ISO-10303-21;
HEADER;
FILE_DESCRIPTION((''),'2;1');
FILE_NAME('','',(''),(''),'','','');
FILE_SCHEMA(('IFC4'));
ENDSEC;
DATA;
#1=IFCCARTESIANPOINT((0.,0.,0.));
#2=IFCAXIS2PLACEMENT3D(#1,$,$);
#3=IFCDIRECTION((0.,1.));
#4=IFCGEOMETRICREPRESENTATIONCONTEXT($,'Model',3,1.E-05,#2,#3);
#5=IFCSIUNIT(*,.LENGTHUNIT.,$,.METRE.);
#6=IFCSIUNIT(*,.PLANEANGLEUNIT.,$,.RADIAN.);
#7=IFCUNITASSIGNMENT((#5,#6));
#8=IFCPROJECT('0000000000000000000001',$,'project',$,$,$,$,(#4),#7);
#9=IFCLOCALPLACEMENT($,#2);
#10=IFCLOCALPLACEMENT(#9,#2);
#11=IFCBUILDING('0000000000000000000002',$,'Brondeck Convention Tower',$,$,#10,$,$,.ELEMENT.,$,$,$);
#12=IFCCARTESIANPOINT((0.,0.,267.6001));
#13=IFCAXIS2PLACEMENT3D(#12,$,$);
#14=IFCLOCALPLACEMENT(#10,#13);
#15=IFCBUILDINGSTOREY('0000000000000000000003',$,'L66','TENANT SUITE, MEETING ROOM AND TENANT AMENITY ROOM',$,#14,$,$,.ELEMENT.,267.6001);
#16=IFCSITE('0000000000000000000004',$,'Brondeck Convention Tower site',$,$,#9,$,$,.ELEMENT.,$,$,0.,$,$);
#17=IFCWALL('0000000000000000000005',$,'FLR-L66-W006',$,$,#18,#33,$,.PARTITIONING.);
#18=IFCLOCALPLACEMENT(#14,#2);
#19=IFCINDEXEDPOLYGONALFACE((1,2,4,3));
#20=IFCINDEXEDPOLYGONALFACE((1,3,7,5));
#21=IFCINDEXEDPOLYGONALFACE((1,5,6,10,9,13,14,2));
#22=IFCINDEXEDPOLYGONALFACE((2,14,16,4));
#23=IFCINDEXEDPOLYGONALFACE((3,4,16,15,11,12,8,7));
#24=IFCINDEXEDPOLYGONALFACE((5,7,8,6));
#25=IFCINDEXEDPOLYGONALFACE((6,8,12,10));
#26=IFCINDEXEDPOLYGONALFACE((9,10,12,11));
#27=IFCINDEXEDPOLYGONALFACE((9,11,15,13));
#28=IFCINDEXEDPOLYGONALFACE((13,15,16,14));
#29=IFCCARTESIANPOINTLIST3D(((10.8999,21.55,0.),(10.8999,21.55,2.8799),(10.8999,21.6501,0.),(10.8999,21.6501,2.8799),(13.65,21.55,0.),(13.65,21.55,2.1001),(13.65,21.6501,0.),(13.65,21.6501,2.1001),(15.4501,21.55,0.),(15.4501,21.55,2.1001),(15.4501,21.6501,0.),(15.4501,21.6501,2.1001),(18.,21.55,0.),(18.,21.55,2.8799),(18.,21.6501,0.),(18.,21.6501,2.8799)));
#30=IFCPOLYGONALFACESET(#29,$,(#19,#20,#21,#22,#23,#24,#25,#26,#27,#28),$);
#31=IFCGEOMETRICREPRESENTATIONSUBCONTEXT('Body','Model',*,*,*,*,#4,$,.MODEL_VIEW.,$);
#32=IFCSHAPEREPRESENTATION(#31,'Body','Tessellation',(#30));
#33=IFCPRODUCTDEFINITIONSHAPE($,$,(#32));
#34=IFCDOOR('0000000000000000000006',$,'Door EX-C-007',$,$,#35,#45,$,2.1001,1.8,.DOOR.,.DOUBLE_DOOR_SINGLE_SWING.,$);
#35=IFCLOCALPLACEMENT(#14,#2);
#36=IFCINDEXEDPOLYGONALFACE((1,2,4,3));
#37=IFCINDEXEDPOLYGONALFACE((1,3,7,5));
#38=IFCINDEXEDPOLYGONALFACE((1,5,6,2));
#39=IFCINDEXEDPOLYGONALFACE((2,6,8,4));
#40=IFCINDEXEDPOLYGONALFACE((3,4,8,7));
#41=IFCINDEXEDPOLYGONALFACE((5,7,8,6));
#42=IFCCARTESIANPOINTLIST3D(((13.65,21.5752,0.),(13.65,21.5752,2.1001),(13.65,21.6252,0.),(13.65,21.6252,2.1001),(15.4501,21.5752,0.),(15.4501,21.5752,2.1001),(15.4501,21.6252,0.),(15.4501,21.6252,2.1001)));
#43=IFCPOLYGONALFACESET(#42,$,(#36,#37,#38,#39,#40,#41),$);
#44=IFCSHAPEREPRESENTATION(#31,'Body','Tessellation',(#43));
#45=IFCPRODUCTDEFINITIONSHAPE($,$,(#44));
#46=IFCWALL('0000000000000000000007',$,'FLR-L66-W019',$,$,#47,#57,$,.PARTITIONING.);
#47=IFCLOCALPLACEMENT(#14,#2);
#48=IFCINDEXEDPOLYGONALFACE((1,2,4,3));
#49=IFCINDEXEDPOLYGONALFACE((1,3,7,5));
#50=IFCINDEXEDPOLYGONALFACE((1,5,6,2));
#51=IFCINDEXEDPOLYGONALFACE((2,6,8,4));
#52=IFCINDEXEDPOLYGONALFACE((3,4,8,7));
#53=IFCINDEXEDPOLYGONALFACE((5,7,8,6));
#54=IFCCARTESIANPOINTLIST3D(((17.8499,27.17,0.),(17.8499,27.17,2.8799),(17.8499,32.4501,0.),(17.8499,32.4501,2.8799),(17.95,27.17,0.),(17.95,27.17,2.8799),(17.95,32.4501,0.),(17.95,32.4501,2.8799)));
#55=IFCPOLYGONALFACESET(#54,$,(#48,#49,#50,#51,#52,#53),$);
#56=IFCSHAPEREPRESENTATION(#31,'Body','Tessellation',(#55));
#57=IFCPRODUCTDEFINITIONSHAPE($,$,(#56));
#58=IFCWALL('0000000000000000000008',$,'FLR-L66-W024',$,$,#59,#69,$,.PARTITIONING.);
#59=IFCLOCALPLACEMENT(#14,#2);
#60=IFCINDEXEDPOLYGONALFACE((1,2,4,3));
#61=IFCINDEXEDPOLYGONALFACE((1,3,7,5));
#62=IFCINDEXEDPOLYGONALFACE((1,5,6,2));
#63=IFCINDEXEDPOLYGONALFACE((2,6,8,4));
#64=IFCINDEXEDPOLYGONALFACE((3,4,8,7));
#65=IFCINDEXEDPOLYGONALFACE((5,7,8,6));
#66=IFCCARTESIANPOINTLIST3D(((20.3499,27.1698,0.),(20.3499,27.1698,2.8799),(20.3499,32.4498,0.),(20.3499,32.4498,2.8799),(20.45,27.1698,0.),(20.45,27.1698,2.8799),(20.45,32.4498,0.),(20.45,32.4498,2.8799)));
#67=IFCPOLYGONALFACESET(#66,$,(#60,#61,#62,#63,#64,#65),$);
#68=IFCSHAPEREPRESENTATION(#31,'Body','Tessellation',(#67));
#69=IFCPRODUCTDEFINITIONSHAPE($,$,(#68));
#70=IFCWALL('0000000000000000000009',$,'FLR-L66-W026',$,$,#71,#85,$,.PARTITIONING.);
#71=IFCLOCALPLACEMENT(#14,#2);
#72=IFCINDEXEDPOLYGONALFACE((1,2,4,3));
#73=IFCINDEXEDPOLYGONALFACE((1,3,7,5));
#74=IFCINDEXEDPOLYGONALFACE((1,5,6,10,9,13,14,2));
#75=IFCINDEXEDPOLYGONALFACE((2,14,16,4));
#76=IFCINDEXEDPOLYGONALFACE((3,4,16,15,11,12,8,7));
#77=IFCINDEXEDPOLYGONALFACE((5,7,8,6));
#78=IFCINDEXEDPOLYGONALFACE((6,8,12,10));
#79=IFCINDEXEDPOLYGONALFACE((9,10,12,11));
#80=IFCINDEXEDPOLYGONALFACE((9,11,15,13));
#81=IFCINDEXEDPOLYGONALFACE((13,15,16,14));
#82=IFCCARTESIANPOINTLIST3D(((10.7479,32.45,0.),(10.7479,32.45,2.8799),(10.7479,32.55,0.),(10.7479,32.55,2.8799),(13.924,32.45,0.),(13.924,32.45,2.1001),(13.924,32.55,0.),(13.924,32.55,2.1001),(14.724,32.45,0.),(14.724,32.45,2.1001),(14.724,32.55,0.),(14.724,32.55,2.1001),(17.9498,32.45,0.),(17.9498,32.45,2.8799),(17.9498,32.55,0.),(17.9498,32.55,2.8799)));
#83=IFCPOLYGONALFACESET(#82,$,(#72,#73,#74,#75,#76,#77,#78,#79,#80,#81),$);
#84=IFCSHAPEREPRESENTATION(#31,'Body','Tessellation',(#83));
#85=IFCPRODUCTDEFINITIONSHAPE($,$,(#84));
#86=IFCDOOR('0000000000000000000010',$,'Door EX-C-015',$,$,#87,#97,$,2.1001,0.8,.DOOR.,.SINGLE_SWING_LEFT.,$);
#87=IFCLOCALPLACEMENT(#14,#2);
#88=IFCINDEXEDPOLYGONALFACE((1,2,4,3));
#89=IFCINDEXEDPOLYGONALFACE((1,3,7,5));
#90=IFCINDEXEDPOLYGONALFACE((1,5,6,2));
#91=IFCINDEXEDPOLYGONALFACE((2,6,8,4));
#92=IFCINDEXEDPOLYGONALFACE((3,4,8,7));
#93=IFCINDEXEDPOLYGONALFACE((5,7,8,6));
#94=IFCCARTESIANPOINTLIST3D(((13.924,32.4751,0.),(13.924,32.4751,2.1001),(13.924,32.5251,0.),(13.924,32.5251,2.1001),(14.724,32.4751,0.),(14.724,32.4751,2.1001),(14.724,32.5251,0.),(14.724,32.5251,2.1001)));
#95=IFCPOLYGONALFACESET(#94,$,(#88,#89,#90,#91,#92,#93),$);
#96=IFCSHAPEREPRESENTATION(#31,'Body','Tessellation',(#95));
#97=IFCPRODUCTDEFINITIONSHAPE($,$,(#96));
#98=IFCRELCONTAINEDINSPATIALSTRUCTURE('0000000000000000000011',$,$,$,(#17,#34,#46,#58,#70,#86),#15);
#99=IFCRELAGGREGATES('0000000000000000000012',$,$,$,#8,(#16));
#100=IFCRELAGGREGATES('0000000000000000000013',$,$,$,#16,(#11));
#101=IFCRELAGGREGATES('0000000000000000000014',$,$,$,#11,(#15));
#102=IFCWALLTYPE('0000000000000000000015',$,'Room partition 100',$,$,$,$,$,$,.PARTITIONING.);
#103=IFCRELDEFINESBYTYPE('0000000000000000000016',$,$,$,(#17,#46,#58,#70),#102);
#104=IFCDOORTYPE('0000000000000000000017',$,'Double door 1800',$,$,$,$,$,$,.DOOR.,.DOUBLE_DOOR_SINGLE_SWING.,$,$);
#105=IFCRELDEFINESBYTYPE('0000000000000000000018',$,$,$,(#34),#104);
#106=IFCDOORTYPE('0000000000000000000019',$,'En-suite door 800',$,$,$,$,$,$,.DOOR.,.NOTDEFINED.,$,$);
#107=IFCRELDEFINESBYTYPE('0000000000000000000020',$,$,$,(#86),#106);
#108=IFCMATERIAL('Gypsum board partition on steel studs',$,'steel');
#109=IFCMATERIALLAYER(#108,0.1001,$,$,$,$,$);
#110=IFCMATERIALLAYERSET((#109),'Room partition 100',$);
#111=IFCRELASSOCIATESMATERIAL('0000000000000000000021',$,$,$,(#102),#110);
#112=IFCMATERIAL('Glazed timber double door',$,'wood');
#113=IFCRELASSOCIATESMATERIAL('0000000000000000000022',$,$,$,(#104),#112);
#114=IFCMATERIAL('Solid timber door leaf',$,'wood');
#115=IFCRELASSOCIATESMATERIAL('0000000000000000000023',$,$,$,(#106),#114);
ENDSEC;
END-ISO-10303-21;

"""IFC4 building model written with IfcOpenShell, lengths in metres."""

from ifc_helpers import new_model, si_unit, direction, frame, frame_2d, origin, place, context, subcontext, project, spatial, rectangle, extrude, material, layer, layer_set, type_object, element, fill, save


model = new_model("IFC4")

# Units and contexts
model_context = context("Model", 3, precision=1e-05, world=origin(), true_north=direction((0.0, 1.0)))
body_context = subcontext(model_context, "Body", "Model", "MODEL_VIEW")
ifc_project = project(units=[si_unit("LENGTHUNIT", "METRE"), si_unit("PLANEANGLEUNIT", "RADIAN")], contexts=[model_context])

# Site, building, storey
site_placement = place(None, origin())
site = spatial("IfcSite", under=ifc_project, at=site_placement, Name="Brondeck Convention Tower site", CompositionType="ELEMENT", RefElevation=0.0)
building_placement = place(site_placement, origin())
building = spatial("IfcBuilding", under=site, at=building_placement, Name="Brondeck Convention Tower", CompositionType="ELEMENT")
storey_placement = place(building_placement, frame((0.0, 0.0, 267.6001)))
storey = spatial("IfcBuildingStorey", under=building, at=storey_placement, Name="L66", Description="TENANT SUITE, MEETING ROOM AND TENANT AMENITY ROOM", CompositionType="ELEMENT", Elevation=267.6001)

# Shared definitions
ifc_material_1 = material(Name="Gypsum board partition on steel studs", Category="steel")
ifc_layer_1 = layer(ifc_material_1, 0.1001)
ifc_layer_set_1 = layer_set([ifc_layer_1], Name="Room partition 100")
wall_type_1 = type_object("IfcWallType", Name="Room partition 100", PredefinedType="PARTITIONING", material=ifc_layer_set_1)

# Wall, opening, door
wall_1_placement = place(storey_placement, frame((18.0, 21.6001, 0.0), z_axis=(0.0, 0.0, 1.0), x_axis=(-1.0, 0.0, 0.0)))
wall_1 = element("IfcWall", 1, at=wall_1_placement, inside=storey, type_object=wall_type_1, Name="FLR-L66-W006", PredefinedType="PARTITIONING", context=body_context, shape_type="SweptSolid", body=[
    extrude(rectangle(XDim=7.1001, YDim=0.1001, at=frame_2d((3.55, 0.0))), origin(), (0.0, 0.0, 1.0), 2.8799),
])
opening_1_placement = place(wall_1_placement, frame((2.55, 0.0, 0.0)))
opening_1 = element("IfcOpeningElement", 2, at=opening_1_placement, cuts=wall_1, PredefinedType="OPENING", context=body_context, shape_type="SweptSolid", body=[
    extrude(rectangle(XDim=1.8, YDim=2.1001, at=frame_2d((0.8999, 1.05))), frame((0.0, 0.0601, 0.0), z_axis=(0.0, -1.0, 0.0), x_axis=(1.0, 0.0, 0.0)), (0.0, 0.0, 1.0), 0.1201),
])
ifc_material_2 = material(Name="Glazed timber double door", Category="wood")
door_type_1 = type_object("IfcDoorType", Name="Double door 1800", OperationType="DOUBLE_DOOR_SINGLE_SWING", PredefinedType="DOOR", material=ifc_material_2)
door_1_placement = place(opening_1_placement, origin())
door_1 = element("IfcDoor", 3, at=door_1_placement, inside=storey, type_object=door_type_1, Name="Door EX-C-007", OperationType="DOUBLE_DOOR_SINGLE_SWING", OverallHeight=2.1001, OverallWidth=1.8, PredefinedType="DOOR", context=body_context, shape_type="SweptSolid", body=[
    extrude(rectangle(XDim=1.8, YDim=2.1001, at=frame_2d((0.8999, 1.05))), frame((0.0, 0.0249, 0.0), z_axis=(0.0, -1.0, 0.0), x_axis=(1.0, 0.0, 0.0)), (0.0, 0.0, 1.0), 0.05),
])
fill(opening_1, door_1)

# Walls
for number, where, z_axis, x_axis, name in (
    (4, (17.8999, 27.1699, 0.0), (0.0, 0.0, 1.0), (0.0, 1.0, 0.0), "FLR-L66-W019"),
    (5, (20.3999, 32.45, 0.0), (0.0, 0.0, 1.0), (0.0, -1.0, 0.0), "FLR-L66-W024"),
):
    element("IfcWall", number, at=place(storey_placement, frame(where, z_axis=z_axis, x_axis=x_axis)), inside=storey, type_object=wall_type_1, Name=name, PredefinedType="PARTITIONING", context=body_context, shape_type="SweptSolid", body=[
        extrude(rectangle(XDim=5.28, YDim=0.1001, at=frame_2d((2.6401, 0.0))), origin(), (0.0, 0.0, 1.0), 2.8799),
    ])

# Wall, opening, door
wall_2_placement = place(storey_placement, frame((17.95, 32.5, 0.0), z_axis=(0.0, 0.0, 1.0), x_axis=(-1.0, 0.0, 0.0)))
wall_2 = element("IfcWall", 6, at=wall_2_placement, inside=storey, type_object=wall_type_1, Name="FLR-L66-W026", PredefinedType="PARTITIONING", context=body_context, shape_type="SweptSolid", body=[
    extrude(rectangle(XDim=7.2019, YDim=0.1001, at=frame_2d((3.6011, 0.0))), origin(), (0.0, 0.0, 1.0), 2.8799),
])
opening_2_placement = place(wall_2_placement, frame((3.2261, 0.0, 0.0)))
opening_2 = element("IfcOpeningElement", 7, at=opening_2_placement, cuts=wall_2, PredefinedType="OPENING", context=body_context, shape_type="SweptSolid", body=[
    extrude(rectangle(XDim=0.8, YDim=2.1001, at=frame_2d((0.3999, 1.05))), frame((0.0, 0.0601, 0.0), z_axis=(0.0, -1.0, 0.0), x_axis=(1.0, 0.0, 0.0)), (0.0, 0.0, 1.0), 0.1201),
])
ifc_material_3 = material(Name="Solid timber door leaf", Category="wood")
door_type_2 = type_object("IfcDoorType", Name="En-suite door 800", OperationType="NOTDEFINED", PredefinedType="DOOR", material=ifc_material_3)
door_2_placement = place(opening_2_placement, origin())
door_2 = element("IfcDoor", 8, at=door_2_placement, inside=storey, type_object=door_type_2, Name="Door EX-C-015", OperationType="SINGLE_SWING_LEFT", OverallHeight=2.1001, OverallWidth=0.8, PredefinedType="DOOR", context=body_context, shape_type="SweptSolid", body=[
    extrude(rectangle(XDim=0.8, YDim=2.1001, at=frame_2d((0.3999, 1.05))), frame((0.0, 0.0249, 0.0), z_axis=(0.0, -1.0, 0.0), x_axis=(1.0, 0.0, 0.0)), (0.0, 0.0, 1.0), 0.05),
])
fill(opening_2, door_2)

save(model, "model.ifc")
